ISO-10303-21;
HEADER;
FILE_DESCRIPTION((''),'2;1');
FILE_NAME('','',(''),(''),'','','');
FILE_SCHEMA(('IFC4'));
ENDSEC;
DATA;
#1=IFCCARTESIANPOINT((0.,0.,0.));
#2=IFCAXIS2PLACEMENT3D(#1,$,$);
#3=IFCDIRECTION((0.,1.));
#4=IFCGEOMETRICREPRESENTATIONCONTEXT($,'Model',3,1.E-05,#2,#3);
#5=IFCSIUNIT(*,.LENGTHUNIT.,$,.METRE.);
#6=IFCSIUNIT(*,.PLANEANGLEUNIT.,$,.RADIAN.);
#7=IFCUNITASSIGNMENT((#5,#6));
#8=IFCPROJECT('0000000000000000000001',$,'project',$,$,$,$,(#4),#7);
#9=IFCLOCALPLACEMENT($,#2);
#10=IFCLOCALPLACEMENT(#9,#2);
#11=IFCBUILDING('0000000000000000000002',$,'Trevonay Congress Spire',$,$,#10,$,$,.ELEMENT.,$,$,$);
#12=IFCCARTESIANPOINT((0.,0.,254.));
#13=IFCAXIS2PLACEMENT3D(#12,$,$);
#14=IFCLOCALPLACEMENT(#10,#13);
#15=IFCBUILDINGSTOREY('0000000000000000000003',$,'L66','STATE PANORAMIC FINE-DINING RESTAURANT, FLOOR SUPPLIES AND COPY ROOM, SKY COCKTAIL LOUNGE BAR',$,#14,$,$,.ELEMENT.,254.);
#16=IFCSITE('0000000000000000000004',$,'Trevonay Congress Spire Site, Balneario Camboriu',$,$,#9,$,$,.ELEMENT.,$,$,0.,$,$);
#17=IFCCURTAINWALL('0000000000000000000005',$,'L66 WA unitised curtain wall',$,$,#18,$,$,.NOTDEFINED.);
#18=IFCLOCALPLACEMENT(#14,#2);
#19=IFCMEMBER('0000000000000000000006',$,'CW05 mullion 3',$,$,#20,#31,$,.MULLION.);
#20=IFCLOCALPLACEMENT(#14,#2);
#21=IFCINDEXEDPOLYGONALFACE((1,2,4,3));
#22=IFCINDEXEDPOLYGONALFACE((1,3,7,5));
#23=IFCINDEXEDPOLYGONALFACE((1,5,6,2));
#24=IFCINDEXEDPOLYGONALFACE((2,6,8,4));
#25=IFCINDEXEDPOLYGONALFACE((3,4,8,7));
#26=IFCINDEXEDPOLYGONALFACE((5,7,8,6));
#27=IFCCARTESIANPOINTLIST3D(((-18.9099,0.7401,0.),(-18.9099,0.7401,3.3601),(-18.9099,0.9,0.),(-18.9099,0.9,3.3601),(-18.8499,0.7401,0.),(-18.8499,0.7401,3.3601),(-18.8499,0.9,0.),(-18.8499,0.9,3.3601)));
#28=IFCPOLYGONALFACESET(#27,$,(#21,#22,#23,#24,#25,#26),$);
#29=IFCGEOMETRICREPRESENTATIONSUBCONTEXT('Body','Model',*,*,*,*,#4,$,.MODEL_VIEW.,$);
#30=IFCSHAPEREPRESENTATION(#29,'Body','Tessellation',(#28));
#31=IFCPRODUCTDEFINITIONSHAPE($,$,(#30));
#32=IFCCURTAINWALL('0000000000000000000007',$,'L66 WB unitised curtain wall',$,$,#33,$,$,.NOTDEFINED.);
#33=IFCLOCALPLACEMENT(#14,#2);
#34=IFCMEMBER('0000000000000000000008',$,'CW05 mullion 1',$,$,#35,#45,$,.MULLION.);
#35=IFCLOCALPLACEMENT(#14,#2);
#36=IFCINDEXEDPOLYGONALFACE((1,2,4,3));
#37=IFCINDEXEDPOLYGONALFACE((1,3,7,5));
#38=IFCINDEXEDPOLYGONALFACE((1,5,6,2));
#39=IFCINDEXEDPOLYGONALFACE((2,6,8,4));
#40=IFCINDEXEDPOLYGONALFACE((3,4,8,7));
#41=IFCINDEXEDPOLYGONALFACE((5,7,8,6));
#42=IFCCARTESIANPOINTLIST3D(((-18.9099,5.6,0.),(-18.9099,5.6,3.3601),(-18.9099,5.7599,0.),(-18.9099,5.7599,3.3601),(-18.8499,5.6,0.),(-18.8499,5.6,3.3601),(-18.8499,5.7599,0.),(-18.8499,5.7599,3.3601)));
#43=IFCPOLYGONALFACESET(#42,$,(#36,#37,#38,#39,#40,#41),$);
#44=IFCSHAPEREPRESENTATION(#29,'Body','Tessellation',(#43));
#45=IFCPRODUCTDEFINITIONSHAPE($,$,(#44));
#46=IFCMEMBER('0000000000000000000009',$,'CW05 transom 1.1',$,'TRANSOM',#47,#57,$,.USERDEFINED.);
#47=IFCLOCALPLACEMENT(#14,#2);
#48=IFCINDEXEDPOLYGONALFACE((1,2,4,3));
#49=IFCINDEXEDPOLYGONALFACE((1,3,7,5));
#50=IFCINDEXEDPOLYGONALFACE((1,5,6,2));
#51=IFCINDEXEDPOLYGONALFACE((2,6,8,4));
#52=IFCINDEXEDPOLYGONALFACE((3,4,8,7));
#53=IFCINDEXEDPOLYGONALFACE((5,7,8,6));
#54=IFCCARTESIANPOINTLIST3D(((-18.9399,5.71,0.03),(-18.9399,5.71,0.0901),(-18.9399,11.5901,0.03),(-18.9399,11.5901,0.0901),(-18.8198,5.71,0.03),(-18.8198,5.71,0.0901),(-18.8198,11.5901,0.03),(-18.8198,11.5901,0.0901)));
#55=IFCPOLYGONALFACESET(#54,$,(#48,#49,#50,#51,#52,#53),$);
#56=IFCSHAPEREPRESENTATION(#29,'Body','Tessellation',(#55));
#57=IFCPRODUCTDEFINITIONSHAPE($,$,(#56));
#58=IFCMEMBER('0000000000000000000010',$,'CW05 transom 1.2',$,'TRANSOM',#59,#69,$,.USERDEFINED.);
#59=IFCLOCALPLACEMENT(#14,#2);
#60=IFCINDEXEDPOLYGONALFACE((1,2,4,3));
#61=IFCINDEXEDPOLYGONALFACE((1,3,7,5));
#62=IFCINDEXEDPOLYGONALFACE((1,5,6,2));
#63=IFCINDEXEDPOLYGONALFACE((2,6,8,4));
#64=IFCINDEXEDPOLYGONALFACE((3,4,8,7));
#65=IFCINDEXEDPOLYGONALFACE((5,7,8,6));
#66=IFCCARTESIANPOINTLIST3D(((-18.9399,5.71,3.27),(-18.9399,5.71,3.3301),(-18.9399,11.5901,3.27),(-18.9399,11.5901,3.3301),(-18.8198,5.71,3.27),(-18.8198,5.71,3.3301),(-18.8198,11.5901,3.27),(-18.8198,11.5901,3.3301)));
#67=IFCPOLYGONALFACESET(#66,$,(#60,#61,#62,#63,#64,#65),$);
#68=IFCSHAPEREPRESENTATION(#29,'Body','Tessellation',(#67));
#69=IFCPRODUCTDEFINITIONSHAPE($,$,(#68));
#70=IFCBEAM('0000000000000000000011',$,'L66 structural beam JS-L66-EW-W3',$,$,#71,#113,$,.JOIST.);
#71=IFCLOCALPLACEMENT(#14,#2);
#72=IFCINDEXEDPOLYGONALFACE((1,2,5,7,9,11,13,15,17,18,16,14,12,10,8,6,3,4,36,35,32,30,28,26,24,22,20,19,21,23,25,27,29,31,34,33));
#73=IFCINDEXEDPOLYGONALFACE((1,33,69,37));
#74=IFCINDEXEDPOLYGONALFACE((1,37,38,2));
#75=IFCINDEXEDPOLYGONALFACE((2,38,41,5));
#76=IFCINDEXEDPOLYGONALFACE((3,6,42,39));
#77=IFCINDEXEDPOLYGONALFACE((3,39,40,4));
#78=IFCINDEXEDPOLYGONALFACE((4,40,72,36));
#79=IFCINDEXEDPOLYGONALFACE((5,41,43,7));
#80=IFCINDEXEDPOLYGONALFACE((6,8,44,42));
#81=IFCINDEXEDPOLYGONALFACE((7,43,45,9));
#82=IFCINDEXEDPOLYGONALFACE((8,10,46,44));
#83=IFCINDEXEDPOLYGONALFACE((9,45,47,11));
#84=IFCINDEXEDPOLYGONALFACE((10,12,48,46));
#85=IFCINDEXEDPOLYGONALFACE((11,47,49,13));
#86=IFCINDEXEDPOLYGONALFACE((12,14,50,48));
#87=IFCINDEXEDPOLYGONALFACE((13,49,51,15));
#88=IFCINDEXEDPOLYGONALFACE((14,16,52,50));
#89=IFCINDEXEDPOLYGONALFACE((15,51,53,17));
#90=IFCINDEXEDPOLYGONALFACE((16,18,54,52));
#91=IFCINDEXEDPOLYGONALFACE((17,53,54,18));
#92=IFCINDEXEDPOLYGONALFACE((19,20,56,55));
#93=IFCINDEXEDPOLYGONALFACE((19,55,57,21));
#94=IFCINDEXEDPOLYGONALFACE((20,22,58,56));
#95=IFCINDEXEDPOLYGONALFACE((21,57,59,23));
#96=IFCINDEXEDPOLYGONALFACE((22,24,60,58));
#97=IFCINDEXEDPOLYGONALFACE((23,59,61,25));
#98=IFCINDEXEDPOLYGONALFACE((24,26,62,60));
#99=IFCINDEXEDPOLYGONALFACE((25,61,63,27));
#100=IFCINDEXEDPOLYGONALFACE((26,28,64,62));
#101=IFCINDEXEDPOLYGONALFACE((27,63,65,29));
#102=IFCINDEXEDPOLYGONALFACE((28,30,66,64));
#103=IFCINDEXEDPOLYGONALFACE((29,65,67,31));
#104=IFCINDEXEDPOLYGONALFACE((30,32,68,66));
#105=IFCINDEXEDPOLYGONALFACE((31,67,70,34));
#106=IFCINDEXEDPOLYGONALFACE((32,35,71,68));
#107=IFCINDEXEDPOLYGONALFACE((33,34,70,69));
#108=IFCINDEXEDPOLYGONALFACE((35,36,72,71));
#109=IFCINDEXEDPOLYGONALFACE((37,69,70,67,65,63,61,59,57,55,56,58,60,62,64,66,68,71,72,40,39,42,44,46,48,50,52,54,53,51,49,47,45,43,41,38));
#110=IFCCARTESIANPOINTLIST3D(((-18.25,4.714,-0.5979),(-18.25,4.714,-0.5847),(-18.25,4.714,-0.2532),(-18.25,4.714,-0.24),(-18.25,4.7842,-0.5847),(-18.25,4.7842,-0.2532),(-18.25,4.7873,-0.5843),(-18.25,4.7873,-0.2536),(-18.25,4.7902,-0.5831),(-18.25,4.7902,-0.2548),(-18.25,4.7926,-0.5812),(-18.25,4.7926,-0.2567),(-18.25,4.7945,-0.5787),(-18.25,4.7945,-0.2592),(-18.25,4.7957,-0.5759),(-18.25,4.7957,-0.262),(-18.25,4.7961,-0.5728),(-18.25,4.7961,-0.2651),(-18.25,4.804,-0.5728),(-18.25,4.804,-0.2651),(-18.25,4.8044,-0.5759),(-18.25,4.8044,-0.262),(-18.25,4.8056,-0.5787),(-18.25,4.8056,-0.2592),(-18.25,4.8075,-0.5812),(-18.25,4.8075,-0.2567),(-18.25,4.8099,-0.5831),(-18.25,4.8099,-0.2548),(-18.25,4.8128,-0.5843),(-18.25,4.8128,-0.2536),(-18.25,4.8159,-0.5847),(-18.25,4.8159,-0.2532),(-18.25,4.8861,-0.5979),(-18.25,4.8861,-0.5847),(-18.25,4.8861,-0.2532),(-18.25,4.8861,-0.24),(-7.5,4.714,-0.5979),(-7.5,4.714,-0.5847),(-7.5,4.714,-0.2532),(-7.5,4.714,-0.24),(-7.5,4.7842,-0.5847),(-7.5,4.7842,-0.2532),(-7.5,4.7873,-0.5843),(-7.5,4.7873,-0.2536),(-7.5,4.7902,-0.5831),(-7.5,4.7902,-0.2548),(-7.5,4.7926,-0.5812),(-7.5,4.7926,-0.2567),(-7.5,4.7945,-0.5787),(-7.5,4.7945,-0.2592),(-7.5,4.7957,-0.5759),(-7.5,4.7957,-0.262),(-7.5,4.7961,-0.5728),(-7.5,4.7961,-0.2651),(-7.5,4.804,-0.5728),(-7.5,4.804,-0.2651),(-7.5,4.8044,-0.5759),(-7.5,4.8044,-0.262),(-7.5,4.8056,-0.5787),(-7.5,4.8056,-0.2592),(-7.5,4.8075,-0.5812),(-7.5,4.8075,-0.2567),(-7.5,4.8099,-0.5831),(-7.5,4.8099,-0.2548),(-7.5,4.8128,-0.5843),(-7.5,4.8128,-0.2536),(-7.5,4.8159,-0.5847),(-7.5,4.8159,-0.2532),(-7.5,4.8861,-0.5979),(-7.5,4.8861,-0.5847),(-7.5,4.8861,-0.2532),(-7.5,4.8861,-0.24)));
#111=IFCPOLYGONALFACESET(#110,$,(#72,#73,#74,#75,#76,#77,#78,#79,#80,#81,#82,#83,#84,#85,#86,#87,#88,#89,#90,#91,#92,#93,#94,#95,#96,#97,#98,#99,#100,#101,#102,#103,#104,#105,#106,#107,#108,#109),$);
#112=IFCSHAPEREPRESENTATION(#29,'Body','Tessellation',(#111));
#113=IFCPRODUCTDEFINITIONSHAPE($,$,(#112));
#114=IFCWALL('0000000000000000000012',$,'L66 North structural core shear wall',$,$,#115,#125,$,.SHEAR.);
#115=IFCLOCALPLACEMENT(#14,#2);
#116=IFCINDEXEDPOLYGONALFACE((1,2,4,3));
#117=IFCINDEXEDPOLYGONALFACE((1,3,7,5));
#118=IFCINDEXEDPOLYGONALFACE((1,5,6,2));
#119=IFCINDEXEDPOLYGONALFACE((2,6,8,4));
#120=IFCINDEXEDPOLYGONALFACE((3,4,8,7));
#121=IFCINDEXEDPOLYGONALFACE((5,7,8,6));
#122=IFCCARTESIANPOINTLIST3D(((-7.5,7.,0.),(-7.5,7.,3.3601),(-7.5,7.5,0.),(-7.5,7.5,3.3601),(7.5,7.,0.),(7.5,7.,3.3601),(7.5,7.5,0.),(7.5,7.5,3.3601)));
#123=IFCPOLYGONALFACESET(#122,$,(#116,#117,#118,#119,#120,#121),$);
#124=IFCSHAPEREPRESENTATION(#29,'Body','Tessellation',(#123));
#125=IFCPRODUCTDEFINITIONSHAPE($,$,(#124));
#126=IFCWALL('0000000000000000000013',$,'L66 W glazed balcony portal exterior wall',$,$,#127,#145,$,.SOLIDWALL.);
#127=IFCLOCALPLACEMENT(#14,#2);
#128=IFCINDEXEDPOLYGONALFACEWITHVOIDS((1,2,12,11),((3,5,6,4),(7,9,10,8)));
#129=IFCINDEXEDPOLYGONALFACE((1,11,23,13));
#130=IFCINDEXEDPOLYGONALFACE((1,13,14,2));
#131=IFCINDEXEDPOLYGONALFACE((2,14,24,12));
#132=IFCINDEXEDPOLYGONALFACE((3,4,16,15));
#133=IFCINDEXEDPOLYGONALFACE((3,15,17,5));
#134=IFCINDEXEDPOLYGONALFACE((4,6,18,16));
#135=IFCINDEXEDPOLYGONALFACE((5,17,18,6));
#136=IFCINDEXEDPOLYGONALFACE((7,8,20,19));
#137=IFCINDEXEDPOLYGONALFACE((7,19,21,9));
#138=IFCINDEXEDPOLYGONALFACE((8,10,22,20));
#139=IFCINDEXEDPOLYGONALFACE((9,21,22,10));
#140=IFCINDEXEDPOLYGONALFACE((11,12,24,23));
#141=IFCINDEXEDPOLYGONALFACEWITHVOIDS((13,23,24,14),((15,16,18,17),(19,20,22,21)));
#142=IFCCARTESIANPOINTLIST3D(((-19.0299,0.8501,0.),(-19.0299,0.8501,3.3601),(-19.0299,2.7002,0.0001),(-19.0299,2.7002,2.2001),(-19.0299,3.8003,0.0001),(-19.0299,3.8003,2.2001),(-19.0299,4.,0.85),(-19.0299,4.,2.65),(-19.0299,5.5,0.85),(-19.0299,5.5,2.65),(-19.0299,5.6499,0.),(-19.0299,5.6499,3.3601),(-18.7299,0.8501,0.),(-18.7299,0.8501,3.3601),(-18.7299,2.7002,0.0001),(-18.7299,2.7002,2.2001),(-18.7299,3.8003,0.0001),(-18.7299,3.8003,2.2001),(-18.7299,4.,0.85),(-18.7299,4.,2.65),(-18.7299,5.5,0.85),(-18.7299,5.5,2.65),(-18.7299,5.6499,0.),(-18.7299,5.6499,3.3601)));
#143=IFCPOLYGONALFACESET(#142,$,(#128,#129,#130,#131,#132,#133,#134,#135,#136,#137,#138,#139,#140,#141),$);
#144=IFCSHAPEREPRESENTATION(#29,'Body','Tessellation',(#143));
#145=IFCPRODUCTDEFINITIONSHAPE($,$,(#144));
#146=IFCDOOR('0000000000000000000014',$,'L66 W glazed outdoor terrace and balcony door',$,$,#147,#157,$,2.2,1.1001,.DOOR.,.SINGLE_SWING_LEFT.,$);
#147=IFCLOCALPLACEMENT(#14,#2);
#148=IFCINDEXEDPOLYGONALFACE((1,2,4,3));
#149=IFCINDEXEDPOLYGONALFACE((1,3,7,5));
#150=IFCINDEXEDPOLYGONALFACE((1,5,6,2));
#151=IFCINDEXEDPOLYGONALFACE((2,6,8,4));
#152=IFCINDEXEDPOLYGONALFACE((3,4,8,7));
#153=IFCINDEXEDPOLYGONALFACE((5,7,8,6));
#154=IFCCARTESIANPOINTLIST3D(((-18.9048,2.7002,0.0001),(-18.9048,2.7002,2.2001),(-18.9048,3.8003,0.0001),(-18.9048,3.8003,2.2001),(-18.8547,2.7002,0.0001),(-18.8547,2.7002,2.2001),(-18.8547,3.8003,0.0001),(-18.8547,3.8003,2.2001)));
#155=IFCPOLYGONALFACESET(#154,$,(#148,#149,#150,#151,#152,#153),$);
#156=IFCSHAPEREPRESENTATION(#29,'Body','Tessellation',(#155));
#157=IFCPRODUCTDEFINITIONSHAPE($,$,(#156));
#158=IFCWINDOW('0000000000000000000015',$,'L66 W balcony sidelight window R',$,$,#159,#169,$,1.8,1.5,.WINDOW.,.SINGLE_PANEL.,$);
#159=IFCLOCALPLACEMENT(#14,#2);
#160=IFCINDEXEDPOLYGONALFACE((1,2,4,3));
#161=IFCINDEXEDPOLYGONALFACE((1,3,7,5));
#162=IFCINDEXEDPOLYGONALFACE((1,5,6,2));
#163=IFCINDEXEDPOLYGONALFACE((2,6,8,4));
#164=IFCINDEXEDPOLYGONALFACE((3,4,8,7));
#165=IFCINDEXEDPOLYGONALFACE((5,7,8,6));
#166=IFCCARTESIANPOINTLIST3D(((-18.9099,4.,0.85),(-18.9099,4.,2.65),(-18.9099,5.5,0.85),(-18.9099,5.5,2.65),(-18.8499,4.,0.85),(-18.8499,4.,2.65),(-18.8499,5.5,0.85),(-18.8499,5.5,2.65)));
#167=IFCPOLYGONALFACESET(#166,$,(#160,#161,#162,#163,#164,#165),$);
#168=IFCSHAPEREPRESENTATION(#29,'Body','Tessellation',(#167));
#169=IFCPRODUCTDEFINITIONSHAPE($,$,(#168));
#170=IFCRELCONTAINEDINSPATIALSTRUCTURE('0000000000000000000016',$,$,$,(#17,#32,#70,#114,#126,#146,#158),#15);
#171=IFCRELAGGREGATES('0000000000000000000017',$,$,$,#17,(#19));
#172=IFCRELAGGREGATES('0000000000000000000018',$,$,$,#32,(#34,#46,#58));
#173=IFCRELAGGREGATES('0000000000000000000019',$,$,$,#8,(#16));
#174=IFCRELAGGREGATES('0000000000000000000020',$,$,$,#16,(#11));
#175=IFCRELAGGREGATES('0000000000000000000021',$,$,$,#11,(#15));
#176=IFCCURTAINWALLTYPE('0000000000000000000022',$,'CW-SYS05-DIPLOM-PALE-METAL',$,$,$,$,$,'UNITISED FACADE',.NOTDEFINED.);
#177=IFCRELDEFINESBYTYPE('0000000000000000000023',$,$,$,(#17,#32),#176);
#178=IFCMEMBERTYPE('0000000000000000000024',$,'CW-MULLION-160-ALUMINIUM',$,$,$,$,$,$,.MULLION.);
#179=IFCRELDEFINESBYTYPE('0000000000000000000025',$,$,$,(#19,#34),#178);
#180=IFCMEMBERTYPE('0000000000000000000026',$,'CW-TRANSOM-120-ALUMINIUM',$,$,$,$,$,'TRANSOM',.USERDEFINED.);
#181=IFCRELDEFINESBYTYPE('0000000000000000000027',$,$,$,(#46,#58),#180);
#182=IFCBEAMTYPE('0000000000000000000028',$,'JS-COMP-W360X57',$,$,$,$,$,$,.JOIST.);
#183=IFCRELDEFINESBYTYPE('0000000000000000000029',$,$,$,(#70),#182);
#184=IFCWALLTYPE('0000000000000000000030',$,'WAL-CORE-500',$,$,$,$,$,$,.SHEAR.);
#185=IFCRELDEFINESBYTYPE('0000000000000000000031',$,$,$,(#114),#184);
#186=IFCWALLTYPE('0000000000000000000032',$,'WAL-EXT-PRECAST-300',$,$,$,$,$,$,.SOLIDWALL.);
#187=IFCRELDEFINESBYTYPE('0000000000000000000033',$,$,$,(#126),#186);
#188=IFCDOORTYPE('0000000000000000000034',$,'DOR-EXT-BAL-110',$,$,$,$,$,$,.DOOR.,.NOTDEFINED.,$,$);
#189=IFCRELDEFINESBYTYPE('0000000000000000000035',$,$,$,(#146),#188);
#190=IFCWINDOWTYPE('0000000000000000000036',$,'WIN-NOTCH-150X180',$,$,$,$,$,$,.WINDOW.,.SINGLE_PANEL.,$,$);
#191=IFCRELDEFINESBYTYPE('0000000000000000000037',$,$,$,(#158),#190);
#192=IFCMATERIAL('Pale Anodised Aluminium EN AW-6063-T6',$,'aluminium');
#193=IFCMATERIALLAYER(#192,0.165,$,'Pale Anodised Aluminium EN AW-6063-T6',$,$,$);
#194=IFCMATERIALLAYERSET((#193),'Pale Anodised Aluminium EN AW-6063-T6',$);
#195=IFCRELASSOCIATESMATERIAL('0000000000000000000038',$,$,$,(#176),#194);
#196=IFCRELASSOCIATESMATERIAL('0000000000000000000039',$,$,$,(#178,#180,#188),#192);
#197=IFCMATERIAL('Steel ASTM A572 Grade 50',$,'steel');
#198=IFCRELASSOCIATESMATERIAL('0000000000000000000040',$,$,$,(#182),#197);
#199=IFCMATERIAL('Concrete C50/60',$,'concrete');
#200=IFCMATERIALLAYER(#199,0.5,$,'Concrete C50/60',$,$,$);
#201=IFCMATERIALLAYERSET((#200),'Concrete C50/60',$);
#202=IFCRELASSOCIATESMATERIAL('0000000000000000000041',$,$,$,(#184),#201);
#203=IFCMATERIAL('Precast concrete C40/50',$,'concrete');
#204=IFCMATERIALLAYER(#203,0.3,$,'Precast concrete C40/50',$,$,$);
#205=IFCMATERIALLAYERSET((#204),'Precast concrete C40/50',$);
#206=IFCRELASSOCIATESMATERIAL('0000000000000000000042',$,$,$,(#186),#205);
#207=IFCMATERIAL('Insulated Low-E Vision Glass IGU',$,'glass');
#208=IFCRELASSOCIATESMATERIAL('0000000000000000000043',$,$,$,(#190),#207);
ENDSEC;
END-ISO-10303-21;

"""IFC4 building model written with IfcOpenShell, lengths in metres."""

from ifc_helpers import new_model, si_unit, direction, frame, frame_2d, origin, origin_2d, place, context, subcontext, project, spatial, rectangle, i_section, extrude, material, layer, layer_set, material_profile, profile_set, type_object, element, fill, aggregate, save


model = new_model("IFC4")

# Units and contexts
model_context = context("Model", 3, precision=1e-05, world=origin(), true_north=direction((0.0, 1.0)))
body_context = subcontext(model_context, "Body", "Model", "MODEL_VIEW")
ifc_project = project(units=[si_unit("LENGTHUNIT", "METRE"), si_unit("PLANEANGLEUNIT", "RADIAN")], contexts=[model_context])

# Site, building, storey
site_placement = place(None, origin())
site = spatial("IfcSite", under=ifc_project, at=site_placement, Name="Trevonay Congress Spire Site, Balneario Camboriu", CompositionType="ELEMENT", RefElevation=0.0)
building_placement = place(site_placement, origin())
building = spatial("IfcBuilding", under=site, at=building_placement, Name="Trevonay Congress Spire", CompositionType="ELEMENT")
storey_placement = place(building_placement, frame((0.0, 0.0, 254.0)))
storey = spatial("IfcBuildingStorey", under=building, at=storey_placement, Name="L66", Description="STATE PANORAMIC FINE-DINING RESTAURANT, FLOOR SUPPLIES AND COPY ROOM, SKY COCKTAIL LOUNGE BAR", CompositionType="ELEMENT", Elevation=254.0)

# Shared definitions
ifc_material_1 = material(Name="Steel ASTM A572 Grade 50", Category="steel")

# Curtain wall, member
ifc_material_2 = material(Name="Pale Anodised Aluminium EN AW-6063-T6", Category="aluminium")
ifc_layer_1 = layer(ifc_material_2, 0.165, Name="Pale Anodised Aluminium EN AW-6063-T6")
ifc_layer_set_1 = layer_set([ifc_layer_1], Name="Pale Anodised Aluminium EN AW-6063-T6")
curtain_wall_type = type_object("IfcCurtainWallType", Name="CW-SYS05-DIPLOM-PALE-METAL", ElementType="UNITISED FACADE", PredefinedType="NOTDEFINED", material=ifc_layer_set_1)
curtain_wall_1_placement = place(storey_placement, origin())
curtain_wall_1 = element("IfcCurtainWall", 1, at=curtain_wall_1_placement, inside=storey, type_object=curtain_wall_type, Name="L66 WA unitised curtain wall", PredefinedType="NOTDEFINED")
ifc_material_profile_1 = material_profile(ifc_material_2, rectangle(XDim=0.0601, YDim=0.1599, at=origin_2d()), Name="CW-MULLION-160-ALUMINIUM")
ifc_profile_set_1 = profile_set([ifc_material_profile_1], Name="Pale Anodised Aluminium EN AW-6063-T6")
member_type_1 = type_object("IfcMemberType", Name="CW-MULLION-160-ALUMINIUM", PredefinedType="MULLION", material=ifc_profile_set_1)
member_1_placement = place(storey_placement, frame((-18.8799, 0.8201, 0.0), z_axis=(0.0, 0.0, 1.0), x_axis=(-1.0, 0.0, 0.0)))
member_1 = element("IfcMember", 2, at=member_1_placement, type_object=member_type_1, Name="CW05 mullion 3", PredefinedType="MULLION", context=body_context, shape_type="SweptSolid", body=[
    extrude(rectangle(XDim=0.0601, YDim=0.1599, at=origin_2d()), origin(), (0.0, 0.0, 1.0), 3.3601),
])
aggregate(curtain_wall_1, [member_1])

# Curtain wall, members
curtain_wall_2_placement = place(storey_placement, origin())
curtain_wall_2 = element("IfcCurtainWall", 3, at=curtain_wall_2_placement, inside=storey, type_object=curtain_wall_type, Name="L66 WB unitised curtain wall", PredefinedType="NOTDEFINED")
member_2_placement = place(storey_placement, frame((-18.8799, 5.6799, 0.0), z_axis=(0.0, 0.0, 1.0), x_axis=(-1.0, 0.0, 0.0)))
member_2 = element("IfcMember", 4, at=member_2_placement, type_object=member_type_1, Name="CW05 mullion 1", PredefinedType="MULLION", context=body_context, shape_type="SweptSolid", body=[
    extrude(rectangle(XDim=0.0601, YDim=0.1599, at=origin_2d()), origin(), (0.0, 0.0, 1.0), 3.3601),
])
ifc_material_profile_2 = material_profile(ifc_material_2, rectangle(XDim=0.1201, YDim=0.0601, at=origin_2d()), Name="CW-TRANSOM-120-ALUMINIUM")
ifc_profile_set_2 = profile_set([ifc_material_profile_2], Name="Pale Anodised Aluminium EN AW-6063-T6")
member_type_2 = type_object("IfcMemberType", Name="CW-TRANSOM-120-ALUMINIUM", ElementType="TRANSOM", PredefinedType="USERDEFINED", material=ifc_profile_set_2)
member_3_placement = place(storey_placement, frame((-18.8799, 5.71, 0.0601), z_axis=(0.0, 1.0, 0.0), x_axis=(-1.0, 0.0, 0.0)))
member_3 = element("IfcMember", 5, at=member_3_placement, type_object=member_type_2, Name="CW05 transom 1.1", ObjectType="TRANSOM", PredefinedType="USERDEFINED", context=body_context, shape_type="SweptSolid", body=[
    extrude(rectangle(XDim=0.1201, YDim=0.0601, at=origin_2d()), origin(), (0.0, 0.0, 1.0), 5.8801),
])
member_4_placement = place(storey_placement, frame((-18.8799, 5.71, 3.3), z_axis=(0.0, 1.0, 0.0), x_axis=(-1.0, 0.0, 0.0)))
member_4 = element("IfcMember", 6, at=member_4_placement, type_object=member_type_2, Name="CW05 transom 1.2", ObjectType="TRANSOM", PredefinedType="USERDEFINED", context=body_context, shape_type="SweptSolid", body=[
    extrude(rectangle(XDim=0.1201, YDim=0.0601, at=origin_2d()), origin(), (0.0, 0.0, 1.0), 5.8801),
])
aggregate(curtain_wall_2, [member_2, member_3, member_4])

# Beam
ifc_material_profile_3 = material_profile(ifc_material_1, i_section(OverallWidth=0.1721, OverallDepth=0.3579, WebThickness=0.0078, FlangeThickness=0.0132, FilletRadius=0.012, at=origin_2d()), Name="W360x57.8")
ifc_profile_set_3 = profile_set([ifc_material_profile_3], Name="Steel ASTM A572 Grade 50")
beam_type_1 = type_object("IfcBeamType", Name="JS-COMP-W360X57", PredefinedType="JOIST", material=ifc_profile_set_3)
beam_1_placement = place(storey_placement, frame((-18.25, 4.8, -0.4189), z_axis=(1.0, 0.0, 0.0), x_axis=(0.0, 1.0, 0.0)))
element("IfcBeam", 7, at=beam_1_placement, inside=storey, type_object=beam_type_1, Name="L66 structural beam JS-L66-EW-W3", PredefinedType="JOIST", context=body_context, shape_type="SweptSolid", body=[
    extrude(i_section(OverallWidth=0.1721, OverallDepth=0.3579, WebThickness=0.0078, FlangeThickness=0.0132, FilletRadius=0.012, at=origin_2d()), origin(), (0.0, 0.0, 1.0), 10.75),
])

# Wall
ifc_material_3 = material(Name="Concrete C50/60", Category="concrete")
ifc_layer_2 = layer(ifc_material_3, 0.5, Name="Concrete C50/60")
ifc_layer_set_2 = layer_set([ifc_layer_2], Name="Concrete C50/60")
wall_type_1 = type_object("IfcWallType", Name="WAL-CORE-500", PredefinedType="SHEAR", material=ifc_layer_set_2)
wall_1_placement = place(storey_placement, frame((-7.5, 7.25, 0.0), z_axis=(0.0, 0.0, 1.0), x_axis=(1.0, 0.0, 0.0)))
element("IfcWall", 8, at=wall_1_placement, inside=storey, type_object=wall_type_1, Name="L66 North structural core shear wall", PredefinedType="SHEAR", context=body_context, shape_type="SweptSolid", body=[
    extrude(rectangle(XDim=15.0, YDim=0.5, at=frame_2d((7.5, 0.0))), origin(), (0.0, 0.0, 1.0), 3.3601),
])

# Wall, openings, door, window
ifc_material_4 = material(Name="Precast concrete C40/50", Category="concrete")
ifc_layer_3 = layer(ifc_material_4, 0.3, Name="Precast concrete C40/50")
ifc_layer_set_3 = layer_set([ifc_layer_3], Name="Precast concrete C40/50")
wall_type_2 = type_object("IfcWallType", Name="WAL-EXT-PRECAST-300", PredefinedType="SOLIDWALL", material=ifc_layer_set_3)
wall_2_placement = place(storey_placement, frame((-18.8799, 0.8501, 0.0), z_axis=(0.0, 0.0, 1.0), x_axis=(0.0, 1.0, 0.0)))
wall_2 = element("IfcWall", 9, at=wall_2_placement, inside=storey, type_object=wall_type_2, Name="L66 W glazed balcony portal exterior wall", PredefinedType="SOLIDWALL", context=body_context, shape_type="SweptSolid", body=[
    extrude(rectangle(XDim=4.7998, YDim=0.3, at=frame_2d((2.3999, 0.0))), origin(), (0.0, 0.0, 1.0), 3.3601),
])
opening_1_placement = place(wall_2_placement, frame((1.8501, 0.0, 0.0)))
opening_1 = element("IfcOpeningElement", 10, at=opening_1_placement, cuts=wall_2, PredefinedType="OPENING", context=body_context, shape_type="SweptSolid", body=[
    extrude(rectangle(XDim=1.1001, YDim=2.2, at=frame_2d((0.55, 1.1001))), frame((0.0, 0.1602, 0.0), z_axis=(0.0, -1.0, 0.0), x_axis=(1.0, 0.0, 0.0)), (0.0, 0.0, 1.0), 0.3201),
])
opening_2_placement = place(wall_2_placement, frame((3.1499, 0.0, 0.8501)))
opening_2 = element("IfcOpeningElement", 11, at=opening_2_placement, cuts=wall_2, PredefinedType="OPENING", context=body_context, shape_type="SweptSolid", body=[
    extrude(rectangle(XDim=1.5, YDim=1.8, at=frame_2d((0.75, 0.8999))), frame((0.0, 0.1602, 0.0), z_axis=(0.0, -1.0, 0.0), x_axis=(1.0, 0.0, 0.0)), (0.0, 0.0, 1.0), 0.3201),
])
door_type = type_object("IfcDoorType", Name="DOR-EXT-BAL-110", OperationType="NOTDEFINED", PredefinedType="DOOR", material=ifc_material_2)
door_placement = place(opening_1_placement, origin())
door = element("IfcDoor", 12, at=door_placement, inside=storey, type_object=door_type, Name="L66 W glazed outdoor terrace and balcony door", OperationType="SINGLE_SWING_LEFT", OverallHeight=2.2, OverallWidth=1.1001, PredefinedType="DOOR", context=body_context, shape_type="SweptSolid", body=[
    extrude(rectangle(XDim=1.1001, YDim=2.2, at=frame_2d((0.55, 1.1001))), frame((0.0, 0.0249, 0.0), z_axis=(0.0, -1.0, 0.0), x_axis=(1.0, 0.0, 0.0)), (0.0, 0.0, 1.0), 0.05),
])
fill(opening_1, door)
ifc_material_5 = material(Name="Insulated Low-E Vision Glass IGU", Category="glass")
window_type = type_object("IfcWindowType", Name="WIN-NOTCH-150X180", PartitioningType="SINGLE_PANEL", PredefinedType="WINDOW", material=ifc_material_5)
window_placement = place(opening_2_placement, origin())
window = element("IfcWindow", 13, at=window_placement, inside=storey, type_object=window_type, Name="L66 W balcony sidelight window R", OverallHeight=1.8, OverallWidth=1.5, PartitioningType="SINGLE_PANEL", PredefinedType="WINDOW", context=body_context, shape_type="SweptSolid", body=[
    extrude(rectangle(XDim=1.5, YDim=1.8, at=frame_2d((0.75, 0.8999))), frame((0.0, 0.03, 0.0), z_axis=(0.0, -1.0, 0.0), x_axis=(1.0, 0.0, 0.0)), (0.0, 0.0, 1.0), 0.0601),
])
fill(opening_2, window)

save(model, "model.ifc")
